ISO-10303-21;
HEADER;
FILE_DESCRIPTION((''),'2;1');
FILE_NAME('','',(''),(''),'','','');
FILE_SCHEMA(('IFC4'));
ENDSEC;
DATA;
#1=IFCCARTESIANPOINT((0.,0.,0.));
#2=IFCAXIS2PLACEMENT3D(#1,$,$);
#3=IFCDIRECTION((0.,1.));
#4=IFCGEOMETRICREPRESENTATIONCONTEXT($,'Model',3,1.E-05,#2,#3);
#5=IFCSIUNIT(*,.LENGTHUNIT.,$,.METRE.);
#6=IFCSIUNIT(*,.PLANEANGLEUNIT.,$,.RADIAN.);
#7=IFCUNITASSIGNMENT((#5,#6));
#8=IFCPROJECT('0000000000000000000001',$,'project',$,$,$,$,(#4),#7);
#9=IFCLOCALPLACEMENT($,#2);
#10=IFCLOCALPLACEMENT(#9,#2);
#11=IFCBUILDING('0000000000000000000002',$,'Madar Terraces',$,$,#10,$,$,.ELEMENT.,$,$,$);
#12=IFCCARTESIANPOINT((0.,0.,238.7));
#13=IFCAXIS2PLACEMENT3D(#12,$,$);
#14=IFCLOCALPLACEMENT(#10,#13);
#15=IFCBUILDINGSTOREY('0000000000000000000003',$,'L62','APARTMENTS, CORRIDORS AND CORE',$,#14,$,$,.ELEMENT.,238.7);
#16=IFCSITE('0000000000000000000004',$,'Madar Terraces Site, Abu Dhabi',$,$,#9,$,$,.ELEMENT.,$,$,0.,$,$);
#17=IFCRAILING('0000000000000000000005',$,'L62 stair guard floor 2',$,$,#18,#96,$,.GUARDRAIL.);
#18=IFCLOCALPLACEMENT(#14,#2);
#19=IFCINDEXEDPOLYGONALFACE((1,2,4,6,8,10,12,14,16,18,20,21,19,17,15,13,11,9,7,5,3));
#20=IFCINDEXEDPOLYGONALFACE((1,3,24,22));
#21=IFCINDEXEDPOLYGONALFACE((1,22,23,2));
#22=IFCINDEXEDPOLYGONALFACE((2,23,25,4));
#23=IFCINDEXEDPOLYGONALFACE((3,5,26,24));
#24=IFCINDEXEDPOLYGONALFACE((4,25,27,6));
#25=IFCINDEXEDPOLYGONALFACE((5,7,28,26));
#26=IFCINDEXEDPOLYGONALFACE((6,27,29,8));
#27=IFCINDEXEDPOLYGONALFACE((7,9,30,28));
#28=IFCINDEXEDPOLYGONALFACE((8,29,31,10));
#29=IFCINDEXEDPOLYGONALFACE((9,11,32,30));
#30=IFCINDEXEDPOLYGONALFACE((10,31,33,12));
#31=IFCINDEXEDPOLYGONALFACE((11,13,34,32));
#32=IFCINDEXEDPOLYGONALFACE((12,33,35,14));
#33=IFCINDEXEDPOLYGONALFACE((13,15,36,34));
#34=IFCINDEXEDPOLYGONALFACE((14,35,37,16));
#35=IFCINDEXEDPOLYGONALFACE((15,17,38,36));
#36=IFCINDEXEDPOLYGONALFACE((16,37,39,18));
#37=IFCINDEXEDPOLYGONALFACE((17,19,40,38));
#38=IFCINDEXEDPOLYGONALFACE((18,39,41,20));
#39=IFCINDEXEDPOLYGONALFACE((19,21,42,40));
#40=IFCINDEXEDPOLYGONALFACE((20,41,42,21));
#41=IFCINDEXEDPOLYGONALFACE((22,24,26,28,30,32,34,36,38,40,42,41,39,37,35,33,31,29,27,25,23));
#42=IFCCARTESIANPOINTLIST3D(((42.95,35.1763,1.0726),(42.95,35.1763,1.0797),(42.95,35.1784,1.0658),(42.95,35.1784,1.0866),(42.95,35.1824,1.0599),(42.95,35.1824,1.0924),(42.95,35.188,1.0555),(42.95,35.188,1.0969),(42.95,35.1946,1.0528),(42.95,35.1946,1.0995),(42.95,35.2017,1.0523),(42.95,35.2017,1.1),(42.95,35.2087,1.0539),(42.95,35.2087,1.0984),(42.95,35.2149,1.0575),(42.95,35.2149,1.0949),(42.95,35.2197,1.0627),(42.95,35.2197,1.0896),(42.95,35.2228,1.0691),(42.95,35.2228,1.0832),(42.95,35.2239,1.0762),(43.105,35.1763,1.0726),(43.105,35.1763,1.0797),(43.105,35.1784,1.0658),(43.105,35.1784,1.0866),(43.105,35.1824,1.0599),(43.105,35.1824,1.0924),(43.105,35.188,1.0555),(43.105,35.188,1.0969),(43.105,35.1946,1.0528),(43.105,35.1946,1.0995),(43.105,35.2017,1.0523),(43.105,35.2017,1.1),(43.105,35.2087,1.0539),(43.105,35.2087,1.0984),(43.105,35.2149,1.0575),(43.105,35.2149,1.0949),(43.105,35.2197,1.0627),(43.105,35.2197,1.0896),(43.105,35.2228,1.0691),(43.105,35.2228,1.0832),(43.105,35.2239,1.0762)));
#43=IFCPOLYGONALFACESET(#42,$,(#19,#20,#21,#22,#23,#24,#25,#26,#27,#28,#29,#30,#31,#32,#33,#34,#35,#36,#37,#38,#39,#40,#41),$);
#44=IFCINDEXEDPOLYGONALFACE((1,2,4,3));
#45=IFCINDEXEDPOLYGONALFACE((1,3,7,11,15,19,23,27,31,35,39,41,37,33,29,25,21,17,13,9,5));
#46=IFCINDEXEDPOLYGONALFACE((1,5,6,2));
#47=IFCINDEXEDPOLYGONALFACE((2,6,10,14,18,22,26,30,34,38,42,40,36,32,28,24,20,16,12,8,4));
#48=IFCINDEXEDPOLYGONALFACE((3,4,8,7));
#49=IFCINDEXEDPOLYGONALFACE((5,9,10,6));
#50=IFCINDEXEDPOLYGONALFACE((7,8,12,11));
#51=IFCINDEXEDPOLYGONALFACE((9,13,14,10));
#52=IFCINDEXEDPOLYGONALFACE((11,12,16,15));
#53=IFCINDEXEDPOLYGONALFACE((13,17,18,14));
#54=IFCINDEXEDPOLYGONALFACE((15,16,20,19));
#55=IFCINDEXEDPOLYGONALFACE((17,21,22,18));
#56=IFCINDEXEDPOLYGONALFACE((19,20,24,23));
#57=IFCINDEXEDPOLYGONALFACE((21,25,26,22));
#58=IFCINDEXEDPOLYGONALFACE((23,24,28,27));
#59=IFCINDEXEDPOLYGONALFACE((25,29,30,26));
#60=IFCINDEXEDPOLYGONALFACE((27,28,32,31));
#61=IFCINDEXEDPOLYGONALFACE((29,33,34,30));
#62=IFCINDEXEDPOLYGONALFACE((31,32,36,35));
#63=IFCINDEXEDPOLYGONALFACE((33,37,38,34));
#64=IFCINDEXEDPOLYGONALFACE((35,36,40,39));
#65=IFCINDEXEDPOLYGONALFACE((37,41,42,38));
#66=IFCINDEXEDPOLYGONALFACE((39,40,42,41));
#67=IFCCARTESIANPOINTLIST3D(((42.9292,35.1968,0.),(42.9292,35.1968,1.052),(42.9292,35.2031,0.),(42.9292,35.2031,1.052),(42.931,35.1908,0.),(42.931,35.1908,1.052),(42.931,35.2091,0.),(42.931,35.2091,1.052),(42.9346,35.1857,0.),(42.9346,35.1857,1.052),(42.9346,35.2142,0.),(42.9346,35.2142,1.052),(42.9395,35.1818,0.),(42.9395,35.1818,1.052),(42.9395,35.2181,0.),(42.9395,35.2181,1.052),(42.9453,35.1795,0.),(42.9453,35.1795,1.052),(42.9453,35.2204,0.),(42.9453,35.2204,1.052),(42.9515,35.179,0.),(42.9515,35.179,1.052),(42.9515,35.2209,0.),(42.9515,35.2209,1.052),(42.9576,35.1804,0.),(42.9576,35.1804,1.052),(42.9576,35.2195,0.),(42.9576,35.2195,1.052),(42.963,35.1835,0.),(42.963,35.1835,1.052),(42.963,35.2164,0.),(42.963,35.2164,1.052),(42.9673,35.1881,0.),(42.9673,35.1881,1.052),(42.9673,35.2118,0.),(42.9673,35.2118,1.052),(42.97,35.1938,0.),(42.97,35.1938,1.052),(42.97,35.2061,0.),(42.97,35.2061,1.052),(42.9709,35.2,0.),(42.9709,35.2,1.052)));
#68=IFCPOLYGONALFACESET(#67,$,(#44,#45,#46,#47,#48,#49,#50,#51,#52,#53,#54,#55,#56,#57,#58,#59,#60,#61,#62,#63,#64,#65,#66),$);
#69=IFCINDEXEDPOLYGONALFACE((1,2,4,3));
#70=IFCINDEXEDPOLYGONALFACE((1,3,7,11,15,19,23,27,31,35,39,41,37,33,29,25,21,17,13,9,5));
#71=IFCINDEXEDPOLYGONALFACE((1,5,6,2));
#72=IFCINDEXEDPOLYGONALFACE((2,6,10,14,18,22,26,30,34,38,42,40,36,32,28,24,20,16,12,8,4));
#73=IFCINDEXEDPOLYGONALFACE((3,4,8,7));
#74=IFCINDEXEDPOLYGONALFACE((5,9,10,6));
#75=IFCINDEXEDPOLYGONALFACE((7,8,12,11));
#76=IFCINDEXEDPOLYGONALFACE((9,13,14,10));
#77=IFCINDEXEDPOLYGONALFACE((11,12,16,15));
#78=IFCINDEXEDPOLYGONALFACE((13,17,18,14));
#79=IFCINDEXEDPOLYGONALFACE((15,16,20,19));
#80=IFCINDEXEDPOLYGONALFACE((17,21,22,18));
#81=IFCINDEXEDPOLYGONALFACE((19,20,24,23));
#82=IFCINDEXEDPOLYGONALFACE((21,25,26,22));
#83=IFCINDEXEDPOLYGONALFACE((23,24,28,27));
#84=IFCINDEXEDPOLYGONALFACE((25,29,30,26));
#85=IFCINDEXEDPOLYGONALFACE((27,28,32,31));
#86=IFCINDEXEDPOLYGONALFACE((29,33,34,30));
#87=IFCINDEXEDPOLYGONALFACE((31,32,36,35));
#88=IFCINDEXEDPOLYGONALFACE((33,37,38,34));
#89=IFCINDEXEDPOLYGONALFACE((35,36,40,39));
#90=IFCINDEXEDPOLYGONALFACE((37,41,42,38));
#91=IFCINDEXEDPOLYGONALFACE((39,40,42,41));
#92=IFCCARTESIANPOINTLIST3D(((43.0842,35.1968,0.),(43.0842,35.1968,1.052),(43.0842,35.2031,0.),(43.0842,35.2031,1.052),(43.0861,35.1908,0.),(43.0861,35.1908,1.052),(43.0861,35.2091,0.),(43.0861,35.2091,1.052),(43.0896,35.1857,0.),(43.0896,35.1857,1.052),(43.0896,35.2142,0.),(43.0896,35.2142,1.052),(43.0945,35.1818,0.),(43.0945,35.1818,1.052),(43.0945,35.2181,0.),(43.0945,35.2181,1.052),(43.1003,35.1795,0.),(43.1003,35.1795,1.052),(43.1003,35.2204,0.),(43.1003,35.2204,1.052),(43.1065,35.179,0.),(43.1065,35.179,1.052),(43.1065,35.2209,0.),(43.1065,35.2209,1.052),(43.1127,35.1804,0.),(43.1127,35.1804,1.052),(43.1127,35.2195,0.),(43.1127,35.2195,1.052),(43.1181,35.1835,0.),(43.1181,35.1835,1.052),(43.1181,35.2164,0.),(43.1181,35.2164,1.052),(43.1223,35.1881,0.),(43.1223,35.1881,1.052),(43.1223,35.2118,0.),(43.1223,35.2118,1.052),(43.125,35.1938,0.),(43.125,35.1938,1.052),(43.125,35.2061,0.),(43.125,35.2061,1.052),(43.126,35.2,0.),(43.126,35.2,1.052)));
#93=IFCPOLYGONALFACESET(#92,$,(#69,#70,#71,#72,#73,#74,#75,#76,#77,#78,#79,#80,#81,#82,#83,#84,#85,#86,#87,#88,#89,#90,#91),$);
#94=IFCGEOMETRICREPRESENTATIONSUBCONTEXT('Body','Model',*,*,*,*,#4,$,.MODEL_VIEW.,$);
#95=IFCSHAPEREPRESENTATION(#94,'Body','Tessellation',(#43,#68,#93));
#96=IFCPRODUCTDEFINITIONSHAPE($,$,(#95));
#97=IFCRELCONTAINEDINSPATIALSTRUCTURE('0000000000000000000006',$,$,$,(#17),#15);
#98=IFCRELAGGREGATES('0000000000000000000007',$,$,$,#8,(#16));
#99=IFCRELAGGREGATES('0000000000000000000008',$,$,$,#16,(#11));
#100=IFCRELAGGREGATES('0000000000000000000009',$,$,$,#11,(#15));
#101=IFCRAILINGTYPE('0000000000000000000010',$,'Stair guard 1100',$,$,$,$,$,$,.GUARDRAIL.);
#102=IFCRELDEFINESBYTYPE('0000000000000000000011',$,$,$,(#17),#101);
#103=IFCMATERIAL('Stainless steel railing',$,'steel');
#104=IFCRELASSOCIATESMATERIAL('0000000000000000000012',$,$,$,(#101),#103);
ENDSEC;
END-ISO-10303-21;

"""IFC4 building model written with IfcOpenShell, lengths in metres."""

from ifc_helpers import new_model, si_unit, direction, frame, origin, origin_2d, place, context, subcontext, project, spatial, circle, extrude, material, type_object, element, save


model = new_model("IFC4")

# Units and contexts
model_context = context("Model", 3, precision=1e-05, world=origin(), true_north=direction((0.0, 1.0)))
body_context = subcontext(model_context, "Body", "Model", "MODEL_VIEW")
ifc_project = project(units=[si_unit("LENGTHUNIT", "METRE"), si_unit("PLANEANGLEUNIT", "RADIAN")], contexts=[model_context])

# Site, building, storey
site_placement = place(None, origin())
site = spatial("IfcSite", under=ifc_project, at=site_placement, Name="Madar Terraces Site, Abu Dhabi", CompositionType="ELEMENT", RefElevation=0.0)
building_placement = place(site_placement, origin())
building = spatial("IfcBuilding", under=site, at=building_placement, Name="Madar Terraces", CompositionType="ELEMENT")
storey_placement = place(building_placement, frame((0.0, 0.0, 238.7)))
storey = spatial("IfcBuildingStorey", under=building, at=storey_placement, Name="L62", Description="APARTMENTS, CORRIDORS AND CORE", CompositionType="ELEMENT", Elevation=238.7)

# Railing
ifc_material_1 = material(Name="Stainless steel railing", Category="steel")
railing_type_1 = type_object("IfcRailingType", Name="Stair guard 1100", PredefinedType="GUARDRAIL", material=ifc_material_1)
for number, where, name in (
    (1, (42.95, 35.2, 0.0), "L62 stair guard floor 2"),
):
    element("IfcRailing", number, at=place(storey_placement, frame(where)), inside=storey, type_object=railing_type_1, Name=name, PredefinedType="GUARDRAIL", context=body_context, shape_type="SweptSolid", body=[
        extrude(circle(Radius=0.0239, at=origin_2d()), frame((0.0, 0.0, 1.0762), z_axis=(1.0, 0.0, 0.0), x_axis=(0.0, 1.0, 0.0)), (0.0, 0.0, 1.0), 0.155),
        extrude(circle(Radius=0.021, at=origin_2d()), origin(), (0.0, 0.0, 1.0), 1.052),
        extrude(circle(Radius=0.021, at=origin_2d()), frame((0.155, 0.0, 0.0)), (0.0, 0.0, 1.0), 1.052),
    ])

save(model, "model.ifc")
